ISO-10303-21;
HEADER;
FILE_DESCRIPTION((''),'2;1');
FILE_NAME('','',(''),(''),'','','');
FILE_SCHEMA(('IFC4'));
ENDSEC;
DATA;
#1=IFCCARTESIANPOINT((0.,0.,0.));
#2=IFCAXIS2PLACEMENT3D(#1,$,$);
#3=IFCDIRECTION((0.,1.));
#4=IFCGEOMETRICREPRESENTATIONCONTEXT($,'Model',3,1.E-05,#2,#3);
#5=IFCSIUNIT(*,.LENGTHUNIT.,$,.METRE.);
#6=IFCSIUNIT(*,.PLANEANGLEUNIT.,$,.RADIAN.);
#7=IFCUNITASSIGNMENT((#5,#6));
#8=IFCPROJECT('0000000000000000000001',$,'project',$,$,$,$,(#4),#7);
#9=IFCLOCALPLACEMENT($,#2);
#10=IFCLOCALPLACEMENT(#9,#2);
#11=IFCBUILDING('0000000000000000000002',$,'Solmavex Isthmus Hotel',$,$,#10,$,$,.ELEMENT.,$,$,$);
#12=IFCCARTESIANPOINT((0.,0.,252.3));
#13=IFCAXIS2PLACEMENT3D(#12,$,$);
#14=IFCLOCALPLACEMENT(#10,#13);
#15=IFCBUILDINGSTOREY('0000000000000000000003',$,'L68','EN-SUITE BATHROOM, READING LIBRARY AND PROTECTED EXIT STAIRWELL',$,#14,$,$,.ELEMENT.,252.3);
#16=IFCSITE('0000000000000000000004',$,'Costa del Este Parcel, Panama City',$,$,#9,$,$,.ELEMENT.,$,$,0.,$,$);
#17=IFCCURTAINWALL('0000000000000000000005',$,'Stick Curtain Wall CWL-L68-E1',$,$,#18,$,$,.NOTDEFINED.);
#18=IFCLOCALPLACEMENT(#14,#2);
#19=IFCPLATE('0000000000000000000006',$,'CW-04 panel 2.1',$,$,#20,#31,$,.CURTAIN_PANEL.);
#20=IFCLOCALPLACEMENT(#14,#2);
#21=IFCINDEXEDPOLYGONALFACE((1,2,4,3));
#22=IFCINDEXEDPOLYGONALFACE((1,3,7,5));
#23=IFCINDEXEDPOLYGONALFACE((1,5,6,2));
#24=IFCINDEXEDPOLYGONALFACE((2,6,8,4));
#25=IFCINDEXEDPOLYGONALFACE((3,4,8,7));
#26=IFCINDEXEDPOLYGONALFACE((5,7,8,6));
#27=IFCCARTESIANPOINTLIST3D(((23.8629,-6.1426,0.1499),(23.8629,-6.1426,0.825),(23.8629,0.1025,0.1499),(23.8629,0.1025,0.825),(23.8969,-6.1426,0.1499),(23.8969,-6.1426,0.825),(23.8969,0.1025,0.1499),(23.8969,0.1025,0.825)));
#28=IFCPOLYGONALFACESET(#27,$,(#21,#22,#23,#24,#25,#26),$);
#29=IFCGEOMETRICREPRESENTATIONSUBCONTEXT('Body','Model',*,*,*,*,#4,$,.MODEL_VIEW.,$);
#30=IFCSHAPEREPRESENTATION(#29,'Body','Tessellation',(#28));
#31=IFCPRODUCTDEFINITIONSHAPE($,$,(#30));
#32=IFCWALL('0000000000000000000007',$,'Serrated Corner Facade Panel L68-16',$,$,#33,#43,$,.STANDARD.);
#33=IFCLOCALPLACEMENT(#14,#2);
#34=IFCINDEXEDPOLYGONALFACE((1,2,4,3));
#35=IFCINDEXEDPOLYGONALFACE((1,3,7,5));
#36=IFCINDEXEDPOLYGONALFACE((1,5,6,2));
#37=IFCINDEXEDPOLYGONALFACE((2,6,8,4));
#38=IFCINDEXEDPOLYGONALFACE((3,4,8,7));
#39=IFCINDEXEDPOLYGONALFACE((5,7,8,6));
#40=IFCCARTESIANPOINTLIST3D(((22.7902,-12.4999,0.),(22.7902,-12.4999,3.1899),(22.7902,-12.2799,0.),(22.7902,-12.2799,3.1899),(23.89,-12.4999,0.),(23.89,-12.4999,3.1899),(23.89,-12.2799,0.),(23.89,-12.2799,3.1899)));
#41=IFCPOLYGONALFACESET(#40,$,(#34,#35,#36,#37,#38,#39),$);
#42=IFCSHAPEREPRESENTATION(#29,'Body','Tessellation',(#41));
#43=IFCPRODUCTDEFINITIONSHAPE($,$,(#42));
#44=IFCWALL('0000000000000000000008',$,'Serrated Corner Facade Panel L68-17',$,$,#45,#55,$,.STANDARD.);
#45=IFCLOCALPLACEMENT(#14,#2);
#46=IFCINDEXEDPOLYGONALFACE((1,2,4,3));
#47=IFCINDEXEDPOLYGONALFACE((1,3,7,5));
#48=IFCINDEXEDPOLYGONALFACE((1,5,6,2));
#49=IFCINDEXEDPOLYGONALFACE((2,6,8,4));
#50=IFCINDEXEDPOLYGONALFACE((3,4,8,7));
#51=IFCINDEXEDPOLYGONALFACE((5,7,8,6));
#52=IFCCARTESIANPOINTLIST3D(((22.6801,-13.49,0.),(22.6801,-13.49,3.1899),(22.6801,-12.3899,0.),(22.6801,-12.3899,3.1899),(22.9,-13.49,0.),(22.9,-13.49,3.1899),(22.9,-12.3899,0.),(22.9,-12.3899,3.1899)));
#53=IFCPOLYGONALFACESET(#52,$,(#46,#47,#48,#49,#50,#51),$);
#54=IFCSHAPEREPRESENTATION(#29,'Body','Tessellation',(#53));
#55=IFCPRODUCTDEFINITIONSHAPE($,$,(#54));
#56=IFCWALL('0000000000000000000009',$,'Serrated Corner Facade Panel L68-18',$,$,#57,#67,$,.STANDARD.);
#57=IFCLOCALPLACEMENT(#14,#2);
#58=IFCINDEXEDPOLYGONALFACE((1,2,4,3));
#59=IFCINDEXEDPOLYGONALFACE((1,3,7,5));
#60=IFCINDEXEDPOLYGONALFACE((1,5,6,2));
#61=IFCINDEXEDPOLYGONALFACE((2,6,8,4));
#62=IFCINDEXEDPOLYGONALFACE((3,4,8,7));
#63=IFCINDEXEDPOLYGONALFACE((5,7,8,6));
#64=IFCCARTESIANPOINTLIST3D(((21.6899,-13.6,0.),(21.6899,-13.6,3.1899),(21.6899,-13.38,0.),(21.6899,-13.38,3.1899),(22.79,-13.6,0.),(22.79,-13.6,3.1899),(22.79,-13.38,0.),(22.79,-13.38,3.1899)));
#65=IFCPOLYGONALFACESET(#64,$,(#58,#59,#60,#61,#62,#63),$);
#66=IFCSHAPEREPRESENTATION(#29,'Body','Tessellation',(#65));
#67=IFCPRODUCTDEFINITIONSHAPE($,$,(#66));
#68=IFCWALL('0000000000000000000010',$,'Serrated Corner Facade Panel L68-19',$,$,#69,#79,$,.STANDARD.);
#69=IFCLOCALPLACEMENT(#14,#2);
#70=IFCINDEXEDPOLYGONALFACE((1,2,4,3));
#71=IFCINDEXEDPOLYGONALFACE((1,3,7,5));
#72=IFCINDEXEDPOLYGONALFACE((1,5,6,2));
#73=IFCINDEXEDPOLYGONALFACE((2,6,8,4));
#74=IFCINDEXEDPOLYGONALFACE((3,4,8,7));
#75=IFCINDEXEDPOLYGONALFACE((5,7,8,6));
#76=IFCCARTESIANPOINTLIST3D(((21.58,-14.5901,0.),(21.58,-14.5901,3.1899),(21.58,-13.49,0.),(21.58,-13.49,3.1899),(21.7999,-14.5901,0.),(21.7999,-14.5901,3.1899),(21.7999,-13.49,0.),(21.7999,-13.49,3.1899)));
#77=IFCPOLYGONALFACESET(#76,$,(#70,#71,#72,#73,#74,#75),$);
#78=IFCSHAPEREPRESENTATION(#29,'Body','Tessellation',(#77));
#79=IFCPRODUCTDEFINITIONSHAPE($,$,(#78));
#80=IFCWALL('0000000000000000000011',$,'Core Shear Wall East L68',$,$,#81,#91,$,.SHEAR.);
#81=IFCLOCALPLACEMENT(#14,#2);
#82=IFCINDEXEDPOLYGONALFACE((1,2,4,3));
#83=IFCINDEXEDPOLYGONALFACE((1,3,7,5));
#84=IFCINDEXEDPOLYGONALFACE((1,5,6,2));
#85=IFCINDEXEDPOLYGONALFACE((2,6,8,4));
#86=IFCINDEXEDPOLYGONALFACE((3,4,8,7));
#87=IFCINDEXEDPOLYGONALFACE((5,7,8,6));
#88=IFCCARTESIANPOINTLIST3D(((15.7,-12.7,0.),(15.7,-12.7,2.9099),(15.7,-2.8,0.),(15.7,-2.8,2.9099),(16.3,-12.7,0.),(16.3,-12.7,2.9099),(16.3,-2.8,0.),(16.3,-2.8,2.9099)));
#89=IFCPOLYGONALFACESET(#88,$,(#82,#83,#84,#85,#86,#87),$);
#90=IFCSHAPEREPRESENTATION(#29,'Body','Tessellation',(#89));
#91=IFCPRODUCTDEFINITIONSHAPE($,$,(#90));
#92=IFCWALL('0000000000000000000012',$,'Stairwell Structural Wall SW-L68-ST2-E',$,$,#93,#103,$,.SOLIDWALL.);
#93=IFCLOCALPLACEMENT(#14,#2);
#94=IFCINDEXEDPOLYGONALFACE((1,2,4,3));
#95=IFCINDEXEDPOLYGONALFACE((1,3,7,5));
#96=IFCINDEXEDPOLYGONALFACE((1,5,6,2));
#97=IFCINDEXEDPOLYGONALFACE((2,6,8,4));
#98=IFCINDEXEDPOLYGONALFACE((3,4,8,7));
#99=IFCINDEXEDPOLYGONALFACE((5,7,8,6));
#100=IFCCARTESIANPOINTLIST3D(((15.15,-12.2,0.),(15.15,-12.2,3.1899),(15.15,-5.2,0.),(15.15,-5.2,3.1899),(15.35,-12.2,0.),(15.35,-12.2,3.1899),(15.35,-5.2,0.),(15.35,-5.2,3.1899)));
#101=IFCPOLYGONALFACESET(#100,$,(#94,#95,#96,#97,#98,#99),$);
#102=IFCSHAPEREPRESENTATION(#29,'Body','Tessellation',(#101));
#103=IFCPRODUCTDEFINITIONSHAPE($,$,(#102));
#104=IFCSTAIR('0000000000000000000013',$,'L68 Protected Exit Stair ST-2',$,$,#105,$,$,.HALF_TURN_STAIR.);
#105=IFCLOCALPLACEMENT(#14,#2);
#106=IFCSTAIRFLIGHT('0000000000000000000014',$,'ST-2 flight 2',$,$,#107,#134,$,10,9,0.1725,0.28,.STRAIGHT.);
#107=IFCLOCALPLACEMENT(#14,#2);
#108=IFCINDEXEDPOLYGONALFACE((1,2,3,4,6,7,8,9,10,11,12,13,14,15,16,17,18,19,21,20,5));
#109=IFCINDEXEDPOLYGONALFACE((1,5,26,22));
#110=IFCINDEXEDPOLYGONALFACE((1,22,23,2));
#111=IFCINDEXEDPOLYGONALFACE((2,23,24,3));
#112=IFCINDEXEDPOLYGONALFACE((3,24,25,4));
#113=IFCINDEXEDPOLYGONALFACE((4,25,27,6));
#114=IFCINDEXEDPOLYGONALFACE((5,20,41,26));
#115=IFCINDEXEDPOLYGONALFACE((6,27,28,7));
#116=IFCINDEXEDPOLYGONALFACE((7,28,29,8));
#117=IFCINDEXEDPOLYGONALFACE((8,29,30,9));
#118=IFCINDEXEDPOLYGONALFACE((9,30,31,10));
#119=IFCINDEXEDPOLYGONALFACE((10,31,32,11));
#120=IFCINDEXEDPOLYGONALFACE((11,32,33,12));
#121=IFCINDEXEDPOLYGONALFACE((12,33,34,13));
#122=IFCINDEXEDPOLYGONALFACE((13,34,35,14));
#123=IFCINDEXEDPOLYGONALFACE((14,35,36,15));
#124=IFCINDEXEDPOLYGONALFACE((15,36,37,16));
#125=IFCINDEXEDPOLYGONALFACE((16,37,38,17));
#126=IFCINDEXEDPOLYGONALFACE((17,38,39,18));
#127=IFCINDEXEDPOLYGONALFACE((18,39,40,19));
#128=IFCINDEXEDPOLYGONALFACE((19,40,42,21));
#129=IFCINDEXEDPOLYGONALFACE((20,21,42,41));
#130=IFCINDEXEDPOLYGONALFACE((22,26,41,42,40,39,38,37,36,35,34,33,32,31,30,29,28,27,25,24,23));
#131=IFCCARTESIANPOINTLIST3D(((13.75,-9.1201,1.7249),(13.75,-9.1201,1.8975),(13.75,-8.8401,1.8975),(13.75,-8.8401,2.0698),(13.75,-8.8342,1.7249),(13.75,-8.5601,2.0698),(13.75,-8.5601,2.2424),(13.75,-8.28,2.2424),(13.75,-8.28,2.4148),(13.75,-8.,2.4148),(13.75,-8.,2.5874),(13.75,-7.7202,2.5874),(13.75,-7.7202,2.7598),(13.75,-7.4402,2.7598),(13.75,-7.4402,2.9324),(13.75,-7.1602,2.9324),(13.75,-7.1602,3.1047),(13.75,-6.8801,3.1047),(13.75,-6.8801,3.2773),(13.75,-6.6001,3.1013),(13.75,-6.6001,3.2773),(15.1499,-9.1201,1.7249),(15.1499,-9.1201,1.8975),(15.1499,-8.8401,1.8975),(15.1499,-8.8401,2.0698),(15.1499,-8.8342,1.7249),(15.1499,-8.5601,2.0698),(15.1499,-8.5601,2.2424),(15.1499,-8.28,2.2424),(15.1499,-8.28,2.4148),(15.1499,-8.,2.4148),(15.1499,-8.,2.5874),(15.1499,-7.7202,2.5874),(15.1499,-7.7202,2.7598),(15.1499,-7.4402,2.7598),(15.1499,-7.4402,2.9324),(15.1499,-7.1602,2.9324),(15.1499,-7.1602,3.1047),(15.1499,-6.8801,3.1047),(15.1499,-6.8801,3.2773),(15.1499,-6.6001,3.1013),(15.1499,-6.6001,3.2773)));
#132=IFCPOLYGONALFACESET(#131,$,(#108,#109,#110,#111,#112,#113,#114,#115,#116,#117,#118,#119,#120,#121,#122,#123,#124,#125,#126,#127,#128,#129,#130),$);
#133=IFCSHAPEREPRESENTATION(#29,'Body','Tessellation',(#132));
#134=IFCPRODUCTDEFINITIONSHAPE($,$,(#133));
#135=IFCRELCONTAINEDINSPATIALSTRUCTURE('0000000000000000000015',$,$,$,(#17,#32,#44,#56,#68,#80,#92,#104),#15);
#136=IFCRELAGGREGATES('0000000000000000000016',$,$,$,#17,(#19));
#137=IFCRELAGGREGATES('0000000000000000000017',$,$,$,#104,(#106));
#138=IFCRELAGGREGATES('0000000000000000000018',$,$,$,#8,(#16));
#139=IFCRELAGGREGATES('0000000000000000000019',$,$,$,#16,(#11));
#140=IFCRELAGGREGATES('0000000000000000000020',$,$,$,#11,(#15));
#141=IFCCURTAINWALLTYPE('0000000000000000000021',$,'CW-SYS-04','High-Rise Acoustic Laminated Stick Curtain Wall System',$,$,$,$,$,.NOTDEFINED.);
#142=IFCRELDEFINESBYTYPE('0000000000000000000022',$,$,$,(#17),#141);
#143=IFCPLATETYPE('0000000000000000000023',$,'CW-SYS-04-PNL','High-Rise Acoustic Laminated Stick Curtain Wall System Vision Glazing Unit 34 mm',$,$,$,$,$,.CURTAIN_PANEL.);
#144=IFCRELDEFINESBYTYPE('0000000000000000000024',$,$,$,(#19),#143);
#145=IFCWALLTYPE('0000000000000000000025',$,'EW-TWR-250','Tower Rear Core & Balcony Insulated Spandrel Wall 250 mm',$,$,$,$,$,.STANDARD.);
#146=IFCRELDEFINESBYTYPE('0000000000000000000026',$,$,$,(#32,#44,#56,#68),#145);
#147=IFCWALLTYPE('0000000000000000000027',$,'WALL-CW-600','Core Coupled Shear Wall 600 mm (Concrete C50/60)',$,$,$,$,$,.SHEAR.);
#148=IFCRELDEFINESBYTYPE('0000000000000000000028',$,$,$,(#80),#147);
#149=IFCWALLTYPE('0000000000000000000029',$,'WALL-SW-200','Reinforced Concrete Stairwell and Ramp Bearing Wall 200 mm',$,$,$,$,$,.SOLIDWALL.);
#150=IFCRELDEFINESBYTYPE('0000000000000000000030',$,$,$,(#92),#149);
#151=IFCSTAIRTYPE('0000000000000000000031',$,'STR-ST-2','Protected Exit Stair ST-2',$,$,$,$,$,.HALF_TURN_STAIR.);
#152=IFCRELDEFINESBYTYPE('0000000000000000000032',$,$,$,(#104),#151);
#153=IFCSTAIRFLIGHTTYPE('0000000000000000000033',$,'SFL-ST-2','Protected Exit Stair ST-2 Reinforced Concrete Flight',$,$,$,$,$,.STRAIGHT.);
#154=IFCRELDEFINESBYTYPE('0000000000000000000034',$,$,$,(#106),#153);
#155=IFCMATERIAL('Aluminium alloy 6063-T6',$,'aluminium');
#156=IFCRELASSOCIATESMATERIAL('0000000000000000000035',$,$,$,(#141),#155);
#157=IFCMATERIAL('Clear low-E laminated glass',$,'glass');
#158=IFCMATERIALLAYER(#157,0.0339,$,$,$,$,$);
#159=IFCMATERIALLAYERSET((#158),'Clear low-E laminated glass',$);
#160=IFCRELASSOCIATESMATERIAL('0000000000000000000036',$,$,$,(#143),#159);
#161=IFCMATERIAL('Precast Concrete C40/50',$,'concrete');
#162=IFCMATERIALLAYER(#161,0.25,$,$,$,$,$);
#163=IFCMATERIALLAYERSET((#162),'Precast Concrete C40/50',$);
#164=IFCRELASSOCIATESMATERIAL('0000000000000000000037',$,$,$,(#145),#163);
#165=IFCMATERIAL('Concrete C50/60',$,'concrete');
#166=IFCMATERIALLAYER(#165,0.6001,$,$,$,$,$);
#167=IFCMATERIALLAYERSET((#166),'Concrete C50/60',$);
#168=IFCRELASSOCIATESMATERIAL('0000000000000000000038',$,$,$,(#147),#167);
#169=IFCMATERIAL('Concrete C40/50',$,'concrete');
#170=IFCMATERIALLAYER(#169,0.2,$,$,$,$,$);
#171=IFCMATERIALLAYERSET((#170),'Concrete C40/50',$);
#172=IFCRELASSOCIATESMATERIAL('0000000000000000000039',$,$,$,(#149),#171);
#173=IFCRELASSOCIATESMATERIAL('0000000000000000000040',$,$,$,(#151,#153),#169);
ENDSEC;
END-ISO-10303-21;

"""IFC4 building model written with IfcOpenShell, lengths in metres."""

from ifc_helpers import new_model, si_unit, direction, frame, frame_2d, origin, origin_2d, place, context, subcontext, project, spatial, polyline, rectangle, outline, extrude, material, layer, layer_set, type_object, element, aggregate, save


model = new_model("IFC4")

# Units and contexts
model_context = context("Model", 3, precision=1e-05, world=origin(), true_north=direction((0.0, 1.0)))
body_context = subcontext(model_context, "Body", "Model", "MODEL_VIEW")
ifc_project = project(units=[si_unit("LENGTHUNIT", "METRE"), si_unit("PLANEANGLEUNIT", "RADIAN")], contexts=[model_context])

# Site, building, storey
site_placement = place(None, origin())
site = spatial("IfcSite", under=ifc_project, at=site_placement, Name="Costa del Este Parcel, Panama City", CompositionType="ELEMENT", RefElevation=0.0)
building_placement = place(site_placement, origin())
building = spatial("IfcBuilding", under=site, at=building_placement, Name="Solmavex Isthmus Hotel", CompositionType="ELEMENT")
storey_placement = place(building_placement, frame((0.0, 0.0, 252.3)))
storey = spatial("IfcBuildingStorey", under=building, at=storey_placement, Name="L68", Description="EN-SUITE BATHROOM, READING LIBRARY AND PROTECTED EXIT STAIRWELL", CompositionType="ELEMENT", Elevation=252.3)

# Shared definitions
ifc_material_1 = material(Name="Concrete C50/60", Category="concrete")

# Curtain wall, plate
ifc_material_2 = material(Name="Aluminium alloy 6063-T6", Category="aluminium")
curtain_wall_type = type_object("IfcCurtainWallType", Name="CW-SYS-04", Description="High-Rise Acoustic Laminated Stick Curtain Wall System", PredefinedType="NOTDEFINED", material=ifc_material_2)
curtain_wall_placement = place(storey_placement, origin())
curtain_wall = element("IfcCurtainWall", 1, at=curtain_wall_placement, inside=storey, type_object=curtain_wall_type, Name="Stick Curtain Wall CWL-L68-E1", PredefinedType="NOTDEFINED")
ifc_material_3 = material(Name="Clear low-E laminated glass", Category="glass")
ifc_layer_1 = layer(ifc_material_3, 0.0339)
ifc_layer_set_1 = layer_set([ifc_layer_1], Name="Clear low-E laminated glass")
plate_type = type_object("IfcPlateType", Name="CW-SYS-04-PNL", Description="High-Rise Acoustic Laminated Stick Curtain Wall System Vision Glazing Unit 34 mm", PredefinedType="CURTAIN_PANEL", material=ifc_layer_set_1)
plate_1_placement = place(storey_placement, frame((23.8799, -3.02, 0.1499), z_axis=(0.0, 0.0, 1.0), x_axis=(0.0, 1.0, 0.0)))
plate_1 = element("IfcPlate", 2, at=plate_1_placement, type_object=plate_type, Name="CW-04 panel 2.1", PredefinedType="CURTAIN_PANEL", context=body_context, shape_type="SweptSolid", body=[
    extrude(rectangle(XDim=6.2451, YDim=0.0339, at=origin_2d()), origin(), (0.0, 0.0, 1.0), 0.675),
])
aggregate(curtain_wall, [plate_1])

# Walls
ifc_material_4 = material(Name="Precast Concrete C40/50", Category="concrete")
ifc_layer_2 = layer(ifc_material_4, 0.25)
ifc_layer_set_2 = layer_set([ifc_layer_2], Name="Precast Concrete C40/50")
wall_type_1 = type_object("IfcWallType", Name="EW-TWR-250", Description="Tower Rear Core & Balcony Insulated Spandrel Wall 250 mm", PredefinedType="STANDARD", material=ifc_layer_set_2)
wall_1_placement = place(storey_placement, frame((23.8899, -12.3899, 0.0), z_axis=(0.0, 0.0, 1.0), x_axis=(-1.0, 0.0, 0.0)))
element("IfcWall", 3, at=wall_1_placement, inside=storey, type_object=wall_type_1, Name="Serrated Corner Facade Panel L68-16", PredefinedType="STANDARD", context=body_context, shape_type="SweptSolid", body=[
    extrude(rectangle(XDim=1.0999, YDim=0.22, at=frame_2d((0.5498, 0.0))), origin(), (0.0, 0.0, 1.0), 3.1899),
])
for number, where, z_axis, x_axis, name in (
    (4, (22.79, -12.3899, 0.0), (0.0, 0.0, 1.0), (0.0, -1.0, 0.0), "Serrated Corner Facade Panel L68-17"),
    (5, (22.79, -13.49, 0.0), (0.0, 0.0, 1.0), (-1.0, 0.0, 0.0), "Serrated Corner Facade Panel L68-18"),
    (6, (21.6899, -13.49, 0.0), (0.0, 0.0, 1.0), (0.0, -1.0, 0.0), "Serrated Corner Facade Panel L68-19"),
):
    element("IfcWall", number, at=place(storey_placement, frame(where, z_axis=z_axis, x_axis=x_axis)), inside=storey, type_object=wall_type_1, Name=name, PredefinedType="STANDARD", context=body_context, shape_type="SweptSolid", body=[
        extrude(rectangle(XDim=1.1001, YDim=0.22, at=frame_2d((0.55, 0.0))), origin(), (0.0, 0.0, 1.0), 3.1899),
    ])
ifc_layer_3 = layer(ifc_material_1, 0.6001)
ifc_layer_set_3 = layer_set([ifc_layer_3], Name="Concrete C50/60")
wall_type_2 = type_object("IfcWallType", Name="WALL-CW-600", Description="Core Coupled Shear Wall 600 mm (Concrete C50/60)", PredefinedType="SHEAR", material=ifc_layer_set_3)
wall_2_placement = place(storey_placement, frame((16.0, -12.7, 0.0), z_axis=(0.0, 0.0, 1.0), x_axis=(0.0, 1.0, 0.0)))
element("IfcWall", 7, at=wall_2_placement, inside=storey, type_object=wall_type_2, Name="Core Shear Wall East L68", PredefinedType="SHEAR", context=body_context, shape_type="SweptSolid", body=[
    extrude(rectangle(XDim=9.8999, YDim=0.6001, at=frame_2d((4.95, 0.0))), origin(), (0.0, 0.0, 1.0), 2.9099),
])
ifc_material_5 = material(Name="Concrete C40/50", Category="concrete")
ifc_layer_4 = layer(ifc_material_5, 0.2)
ifc_layer_set_4 = layer_set([ifc_layer_4], Name="Concrete C40/50")
wall_type_3 = type_object("IfcWallType", Name="WALL-SW-200", Description="Reinforced Concrete Stairwell and Ramp Bearing Wall 200 mm", PredefinedType="SOLIDWALL", material=ifc_layer_set_4)
wall_3_placement = place(storey_placement, frame((15.25, -12.2, 0.0), z_axis=(0.0, 0.0, 1.0), x_axis=(0.0, 1.0, 0.0)))
element("IfcWall", 8, at=wall_3_placement, inside=storey, type_object=wall_type_3, Name="Stairwell Structural Wall SW-L68-ST2-E", PredefinedType="SOLIDWALL", context=body_context, shape_type="SweptSolid", body=[
    extrude(rectangle(XDim=7.0, YDim=0.2, at=frame_2d((3.5, 0.0))), origin(), (0.0, 0.0, 1.0), 3.1899),
])

# Stair, stair flight
stair_type = type_object("IfcStairType", Name="STR-ST-2", Description="Protected Exit Stair ST-2", PredefinedType="HALF_TURN_STAIR", material=ifc_material_5)
stair_placement = place(storey_placement, origin())
stair = element("IfcStair", 9, at=stair_placement, inside=storey, type_object=stair_type, Name="L68 Protected Exit Stair ST-2", PredefinedType="HALF_TURN_STAIR")
stair_flight_type = type_object("IfcStairFlightType", Name="SFL-ST-2", Description="Protected Exit Stair ST-2 Reinforced Concrete Flight", PredefinedType="STRAIGHT", material=ifc_material_5)
stair_flight_placement = place(storey_placement, frame((14.45, -9.1201, 1.7249), z_axis=(0.0, 0.0, 1.0), x_axis=(0.0, 1.0, 0.0)))
stair_flight = element("IfcStairFlight", 10, at=stair_flight_placement, type_object=stair_flight_type, Name="ST-2 flight 2", NumberOfRisers=10, NumberOfTreads=9, PredefinedType="STRAIGHT", RiserHeight=0.1725, TreadLength=0.28, context=body_context, shape_type="SweptSolid", body=[
    extrude(outline(polyline([(0.0, 0.0), (0.0, 0.1726), (0.28, 0.1726), (0.28, 0.345), (0.5601, 0.345), (0.5601, 0.5176), (0.8401, 0.5176), (0.8401, 0.6899), (1.1201, 0.6899), (1.1201, 0.8625), (1.3999, 0.8625), (1.3999, 1.0349), (1.6799, 1.0349), (1.6799, 1.2075), (1.96, 1.2075), (1.96, 1.3799), (2.24, 1.3799), (2.24, 1.5525), (2.52, 1.5525), (2.52, 1.7251), (2.52, 1.3765), (0.2859, 0.0), (0.0, 0.0)])), frame((0.0, 0.7, 0.0), z_axis=(0.0, -1.0, 0.0), x_axis=(1.0, 0.0, 0.0)), (0.0, 0.0, 1.0), 1.3999),
])
aggregate(stair, [stair_flight])

save(model, "model.ifc")
